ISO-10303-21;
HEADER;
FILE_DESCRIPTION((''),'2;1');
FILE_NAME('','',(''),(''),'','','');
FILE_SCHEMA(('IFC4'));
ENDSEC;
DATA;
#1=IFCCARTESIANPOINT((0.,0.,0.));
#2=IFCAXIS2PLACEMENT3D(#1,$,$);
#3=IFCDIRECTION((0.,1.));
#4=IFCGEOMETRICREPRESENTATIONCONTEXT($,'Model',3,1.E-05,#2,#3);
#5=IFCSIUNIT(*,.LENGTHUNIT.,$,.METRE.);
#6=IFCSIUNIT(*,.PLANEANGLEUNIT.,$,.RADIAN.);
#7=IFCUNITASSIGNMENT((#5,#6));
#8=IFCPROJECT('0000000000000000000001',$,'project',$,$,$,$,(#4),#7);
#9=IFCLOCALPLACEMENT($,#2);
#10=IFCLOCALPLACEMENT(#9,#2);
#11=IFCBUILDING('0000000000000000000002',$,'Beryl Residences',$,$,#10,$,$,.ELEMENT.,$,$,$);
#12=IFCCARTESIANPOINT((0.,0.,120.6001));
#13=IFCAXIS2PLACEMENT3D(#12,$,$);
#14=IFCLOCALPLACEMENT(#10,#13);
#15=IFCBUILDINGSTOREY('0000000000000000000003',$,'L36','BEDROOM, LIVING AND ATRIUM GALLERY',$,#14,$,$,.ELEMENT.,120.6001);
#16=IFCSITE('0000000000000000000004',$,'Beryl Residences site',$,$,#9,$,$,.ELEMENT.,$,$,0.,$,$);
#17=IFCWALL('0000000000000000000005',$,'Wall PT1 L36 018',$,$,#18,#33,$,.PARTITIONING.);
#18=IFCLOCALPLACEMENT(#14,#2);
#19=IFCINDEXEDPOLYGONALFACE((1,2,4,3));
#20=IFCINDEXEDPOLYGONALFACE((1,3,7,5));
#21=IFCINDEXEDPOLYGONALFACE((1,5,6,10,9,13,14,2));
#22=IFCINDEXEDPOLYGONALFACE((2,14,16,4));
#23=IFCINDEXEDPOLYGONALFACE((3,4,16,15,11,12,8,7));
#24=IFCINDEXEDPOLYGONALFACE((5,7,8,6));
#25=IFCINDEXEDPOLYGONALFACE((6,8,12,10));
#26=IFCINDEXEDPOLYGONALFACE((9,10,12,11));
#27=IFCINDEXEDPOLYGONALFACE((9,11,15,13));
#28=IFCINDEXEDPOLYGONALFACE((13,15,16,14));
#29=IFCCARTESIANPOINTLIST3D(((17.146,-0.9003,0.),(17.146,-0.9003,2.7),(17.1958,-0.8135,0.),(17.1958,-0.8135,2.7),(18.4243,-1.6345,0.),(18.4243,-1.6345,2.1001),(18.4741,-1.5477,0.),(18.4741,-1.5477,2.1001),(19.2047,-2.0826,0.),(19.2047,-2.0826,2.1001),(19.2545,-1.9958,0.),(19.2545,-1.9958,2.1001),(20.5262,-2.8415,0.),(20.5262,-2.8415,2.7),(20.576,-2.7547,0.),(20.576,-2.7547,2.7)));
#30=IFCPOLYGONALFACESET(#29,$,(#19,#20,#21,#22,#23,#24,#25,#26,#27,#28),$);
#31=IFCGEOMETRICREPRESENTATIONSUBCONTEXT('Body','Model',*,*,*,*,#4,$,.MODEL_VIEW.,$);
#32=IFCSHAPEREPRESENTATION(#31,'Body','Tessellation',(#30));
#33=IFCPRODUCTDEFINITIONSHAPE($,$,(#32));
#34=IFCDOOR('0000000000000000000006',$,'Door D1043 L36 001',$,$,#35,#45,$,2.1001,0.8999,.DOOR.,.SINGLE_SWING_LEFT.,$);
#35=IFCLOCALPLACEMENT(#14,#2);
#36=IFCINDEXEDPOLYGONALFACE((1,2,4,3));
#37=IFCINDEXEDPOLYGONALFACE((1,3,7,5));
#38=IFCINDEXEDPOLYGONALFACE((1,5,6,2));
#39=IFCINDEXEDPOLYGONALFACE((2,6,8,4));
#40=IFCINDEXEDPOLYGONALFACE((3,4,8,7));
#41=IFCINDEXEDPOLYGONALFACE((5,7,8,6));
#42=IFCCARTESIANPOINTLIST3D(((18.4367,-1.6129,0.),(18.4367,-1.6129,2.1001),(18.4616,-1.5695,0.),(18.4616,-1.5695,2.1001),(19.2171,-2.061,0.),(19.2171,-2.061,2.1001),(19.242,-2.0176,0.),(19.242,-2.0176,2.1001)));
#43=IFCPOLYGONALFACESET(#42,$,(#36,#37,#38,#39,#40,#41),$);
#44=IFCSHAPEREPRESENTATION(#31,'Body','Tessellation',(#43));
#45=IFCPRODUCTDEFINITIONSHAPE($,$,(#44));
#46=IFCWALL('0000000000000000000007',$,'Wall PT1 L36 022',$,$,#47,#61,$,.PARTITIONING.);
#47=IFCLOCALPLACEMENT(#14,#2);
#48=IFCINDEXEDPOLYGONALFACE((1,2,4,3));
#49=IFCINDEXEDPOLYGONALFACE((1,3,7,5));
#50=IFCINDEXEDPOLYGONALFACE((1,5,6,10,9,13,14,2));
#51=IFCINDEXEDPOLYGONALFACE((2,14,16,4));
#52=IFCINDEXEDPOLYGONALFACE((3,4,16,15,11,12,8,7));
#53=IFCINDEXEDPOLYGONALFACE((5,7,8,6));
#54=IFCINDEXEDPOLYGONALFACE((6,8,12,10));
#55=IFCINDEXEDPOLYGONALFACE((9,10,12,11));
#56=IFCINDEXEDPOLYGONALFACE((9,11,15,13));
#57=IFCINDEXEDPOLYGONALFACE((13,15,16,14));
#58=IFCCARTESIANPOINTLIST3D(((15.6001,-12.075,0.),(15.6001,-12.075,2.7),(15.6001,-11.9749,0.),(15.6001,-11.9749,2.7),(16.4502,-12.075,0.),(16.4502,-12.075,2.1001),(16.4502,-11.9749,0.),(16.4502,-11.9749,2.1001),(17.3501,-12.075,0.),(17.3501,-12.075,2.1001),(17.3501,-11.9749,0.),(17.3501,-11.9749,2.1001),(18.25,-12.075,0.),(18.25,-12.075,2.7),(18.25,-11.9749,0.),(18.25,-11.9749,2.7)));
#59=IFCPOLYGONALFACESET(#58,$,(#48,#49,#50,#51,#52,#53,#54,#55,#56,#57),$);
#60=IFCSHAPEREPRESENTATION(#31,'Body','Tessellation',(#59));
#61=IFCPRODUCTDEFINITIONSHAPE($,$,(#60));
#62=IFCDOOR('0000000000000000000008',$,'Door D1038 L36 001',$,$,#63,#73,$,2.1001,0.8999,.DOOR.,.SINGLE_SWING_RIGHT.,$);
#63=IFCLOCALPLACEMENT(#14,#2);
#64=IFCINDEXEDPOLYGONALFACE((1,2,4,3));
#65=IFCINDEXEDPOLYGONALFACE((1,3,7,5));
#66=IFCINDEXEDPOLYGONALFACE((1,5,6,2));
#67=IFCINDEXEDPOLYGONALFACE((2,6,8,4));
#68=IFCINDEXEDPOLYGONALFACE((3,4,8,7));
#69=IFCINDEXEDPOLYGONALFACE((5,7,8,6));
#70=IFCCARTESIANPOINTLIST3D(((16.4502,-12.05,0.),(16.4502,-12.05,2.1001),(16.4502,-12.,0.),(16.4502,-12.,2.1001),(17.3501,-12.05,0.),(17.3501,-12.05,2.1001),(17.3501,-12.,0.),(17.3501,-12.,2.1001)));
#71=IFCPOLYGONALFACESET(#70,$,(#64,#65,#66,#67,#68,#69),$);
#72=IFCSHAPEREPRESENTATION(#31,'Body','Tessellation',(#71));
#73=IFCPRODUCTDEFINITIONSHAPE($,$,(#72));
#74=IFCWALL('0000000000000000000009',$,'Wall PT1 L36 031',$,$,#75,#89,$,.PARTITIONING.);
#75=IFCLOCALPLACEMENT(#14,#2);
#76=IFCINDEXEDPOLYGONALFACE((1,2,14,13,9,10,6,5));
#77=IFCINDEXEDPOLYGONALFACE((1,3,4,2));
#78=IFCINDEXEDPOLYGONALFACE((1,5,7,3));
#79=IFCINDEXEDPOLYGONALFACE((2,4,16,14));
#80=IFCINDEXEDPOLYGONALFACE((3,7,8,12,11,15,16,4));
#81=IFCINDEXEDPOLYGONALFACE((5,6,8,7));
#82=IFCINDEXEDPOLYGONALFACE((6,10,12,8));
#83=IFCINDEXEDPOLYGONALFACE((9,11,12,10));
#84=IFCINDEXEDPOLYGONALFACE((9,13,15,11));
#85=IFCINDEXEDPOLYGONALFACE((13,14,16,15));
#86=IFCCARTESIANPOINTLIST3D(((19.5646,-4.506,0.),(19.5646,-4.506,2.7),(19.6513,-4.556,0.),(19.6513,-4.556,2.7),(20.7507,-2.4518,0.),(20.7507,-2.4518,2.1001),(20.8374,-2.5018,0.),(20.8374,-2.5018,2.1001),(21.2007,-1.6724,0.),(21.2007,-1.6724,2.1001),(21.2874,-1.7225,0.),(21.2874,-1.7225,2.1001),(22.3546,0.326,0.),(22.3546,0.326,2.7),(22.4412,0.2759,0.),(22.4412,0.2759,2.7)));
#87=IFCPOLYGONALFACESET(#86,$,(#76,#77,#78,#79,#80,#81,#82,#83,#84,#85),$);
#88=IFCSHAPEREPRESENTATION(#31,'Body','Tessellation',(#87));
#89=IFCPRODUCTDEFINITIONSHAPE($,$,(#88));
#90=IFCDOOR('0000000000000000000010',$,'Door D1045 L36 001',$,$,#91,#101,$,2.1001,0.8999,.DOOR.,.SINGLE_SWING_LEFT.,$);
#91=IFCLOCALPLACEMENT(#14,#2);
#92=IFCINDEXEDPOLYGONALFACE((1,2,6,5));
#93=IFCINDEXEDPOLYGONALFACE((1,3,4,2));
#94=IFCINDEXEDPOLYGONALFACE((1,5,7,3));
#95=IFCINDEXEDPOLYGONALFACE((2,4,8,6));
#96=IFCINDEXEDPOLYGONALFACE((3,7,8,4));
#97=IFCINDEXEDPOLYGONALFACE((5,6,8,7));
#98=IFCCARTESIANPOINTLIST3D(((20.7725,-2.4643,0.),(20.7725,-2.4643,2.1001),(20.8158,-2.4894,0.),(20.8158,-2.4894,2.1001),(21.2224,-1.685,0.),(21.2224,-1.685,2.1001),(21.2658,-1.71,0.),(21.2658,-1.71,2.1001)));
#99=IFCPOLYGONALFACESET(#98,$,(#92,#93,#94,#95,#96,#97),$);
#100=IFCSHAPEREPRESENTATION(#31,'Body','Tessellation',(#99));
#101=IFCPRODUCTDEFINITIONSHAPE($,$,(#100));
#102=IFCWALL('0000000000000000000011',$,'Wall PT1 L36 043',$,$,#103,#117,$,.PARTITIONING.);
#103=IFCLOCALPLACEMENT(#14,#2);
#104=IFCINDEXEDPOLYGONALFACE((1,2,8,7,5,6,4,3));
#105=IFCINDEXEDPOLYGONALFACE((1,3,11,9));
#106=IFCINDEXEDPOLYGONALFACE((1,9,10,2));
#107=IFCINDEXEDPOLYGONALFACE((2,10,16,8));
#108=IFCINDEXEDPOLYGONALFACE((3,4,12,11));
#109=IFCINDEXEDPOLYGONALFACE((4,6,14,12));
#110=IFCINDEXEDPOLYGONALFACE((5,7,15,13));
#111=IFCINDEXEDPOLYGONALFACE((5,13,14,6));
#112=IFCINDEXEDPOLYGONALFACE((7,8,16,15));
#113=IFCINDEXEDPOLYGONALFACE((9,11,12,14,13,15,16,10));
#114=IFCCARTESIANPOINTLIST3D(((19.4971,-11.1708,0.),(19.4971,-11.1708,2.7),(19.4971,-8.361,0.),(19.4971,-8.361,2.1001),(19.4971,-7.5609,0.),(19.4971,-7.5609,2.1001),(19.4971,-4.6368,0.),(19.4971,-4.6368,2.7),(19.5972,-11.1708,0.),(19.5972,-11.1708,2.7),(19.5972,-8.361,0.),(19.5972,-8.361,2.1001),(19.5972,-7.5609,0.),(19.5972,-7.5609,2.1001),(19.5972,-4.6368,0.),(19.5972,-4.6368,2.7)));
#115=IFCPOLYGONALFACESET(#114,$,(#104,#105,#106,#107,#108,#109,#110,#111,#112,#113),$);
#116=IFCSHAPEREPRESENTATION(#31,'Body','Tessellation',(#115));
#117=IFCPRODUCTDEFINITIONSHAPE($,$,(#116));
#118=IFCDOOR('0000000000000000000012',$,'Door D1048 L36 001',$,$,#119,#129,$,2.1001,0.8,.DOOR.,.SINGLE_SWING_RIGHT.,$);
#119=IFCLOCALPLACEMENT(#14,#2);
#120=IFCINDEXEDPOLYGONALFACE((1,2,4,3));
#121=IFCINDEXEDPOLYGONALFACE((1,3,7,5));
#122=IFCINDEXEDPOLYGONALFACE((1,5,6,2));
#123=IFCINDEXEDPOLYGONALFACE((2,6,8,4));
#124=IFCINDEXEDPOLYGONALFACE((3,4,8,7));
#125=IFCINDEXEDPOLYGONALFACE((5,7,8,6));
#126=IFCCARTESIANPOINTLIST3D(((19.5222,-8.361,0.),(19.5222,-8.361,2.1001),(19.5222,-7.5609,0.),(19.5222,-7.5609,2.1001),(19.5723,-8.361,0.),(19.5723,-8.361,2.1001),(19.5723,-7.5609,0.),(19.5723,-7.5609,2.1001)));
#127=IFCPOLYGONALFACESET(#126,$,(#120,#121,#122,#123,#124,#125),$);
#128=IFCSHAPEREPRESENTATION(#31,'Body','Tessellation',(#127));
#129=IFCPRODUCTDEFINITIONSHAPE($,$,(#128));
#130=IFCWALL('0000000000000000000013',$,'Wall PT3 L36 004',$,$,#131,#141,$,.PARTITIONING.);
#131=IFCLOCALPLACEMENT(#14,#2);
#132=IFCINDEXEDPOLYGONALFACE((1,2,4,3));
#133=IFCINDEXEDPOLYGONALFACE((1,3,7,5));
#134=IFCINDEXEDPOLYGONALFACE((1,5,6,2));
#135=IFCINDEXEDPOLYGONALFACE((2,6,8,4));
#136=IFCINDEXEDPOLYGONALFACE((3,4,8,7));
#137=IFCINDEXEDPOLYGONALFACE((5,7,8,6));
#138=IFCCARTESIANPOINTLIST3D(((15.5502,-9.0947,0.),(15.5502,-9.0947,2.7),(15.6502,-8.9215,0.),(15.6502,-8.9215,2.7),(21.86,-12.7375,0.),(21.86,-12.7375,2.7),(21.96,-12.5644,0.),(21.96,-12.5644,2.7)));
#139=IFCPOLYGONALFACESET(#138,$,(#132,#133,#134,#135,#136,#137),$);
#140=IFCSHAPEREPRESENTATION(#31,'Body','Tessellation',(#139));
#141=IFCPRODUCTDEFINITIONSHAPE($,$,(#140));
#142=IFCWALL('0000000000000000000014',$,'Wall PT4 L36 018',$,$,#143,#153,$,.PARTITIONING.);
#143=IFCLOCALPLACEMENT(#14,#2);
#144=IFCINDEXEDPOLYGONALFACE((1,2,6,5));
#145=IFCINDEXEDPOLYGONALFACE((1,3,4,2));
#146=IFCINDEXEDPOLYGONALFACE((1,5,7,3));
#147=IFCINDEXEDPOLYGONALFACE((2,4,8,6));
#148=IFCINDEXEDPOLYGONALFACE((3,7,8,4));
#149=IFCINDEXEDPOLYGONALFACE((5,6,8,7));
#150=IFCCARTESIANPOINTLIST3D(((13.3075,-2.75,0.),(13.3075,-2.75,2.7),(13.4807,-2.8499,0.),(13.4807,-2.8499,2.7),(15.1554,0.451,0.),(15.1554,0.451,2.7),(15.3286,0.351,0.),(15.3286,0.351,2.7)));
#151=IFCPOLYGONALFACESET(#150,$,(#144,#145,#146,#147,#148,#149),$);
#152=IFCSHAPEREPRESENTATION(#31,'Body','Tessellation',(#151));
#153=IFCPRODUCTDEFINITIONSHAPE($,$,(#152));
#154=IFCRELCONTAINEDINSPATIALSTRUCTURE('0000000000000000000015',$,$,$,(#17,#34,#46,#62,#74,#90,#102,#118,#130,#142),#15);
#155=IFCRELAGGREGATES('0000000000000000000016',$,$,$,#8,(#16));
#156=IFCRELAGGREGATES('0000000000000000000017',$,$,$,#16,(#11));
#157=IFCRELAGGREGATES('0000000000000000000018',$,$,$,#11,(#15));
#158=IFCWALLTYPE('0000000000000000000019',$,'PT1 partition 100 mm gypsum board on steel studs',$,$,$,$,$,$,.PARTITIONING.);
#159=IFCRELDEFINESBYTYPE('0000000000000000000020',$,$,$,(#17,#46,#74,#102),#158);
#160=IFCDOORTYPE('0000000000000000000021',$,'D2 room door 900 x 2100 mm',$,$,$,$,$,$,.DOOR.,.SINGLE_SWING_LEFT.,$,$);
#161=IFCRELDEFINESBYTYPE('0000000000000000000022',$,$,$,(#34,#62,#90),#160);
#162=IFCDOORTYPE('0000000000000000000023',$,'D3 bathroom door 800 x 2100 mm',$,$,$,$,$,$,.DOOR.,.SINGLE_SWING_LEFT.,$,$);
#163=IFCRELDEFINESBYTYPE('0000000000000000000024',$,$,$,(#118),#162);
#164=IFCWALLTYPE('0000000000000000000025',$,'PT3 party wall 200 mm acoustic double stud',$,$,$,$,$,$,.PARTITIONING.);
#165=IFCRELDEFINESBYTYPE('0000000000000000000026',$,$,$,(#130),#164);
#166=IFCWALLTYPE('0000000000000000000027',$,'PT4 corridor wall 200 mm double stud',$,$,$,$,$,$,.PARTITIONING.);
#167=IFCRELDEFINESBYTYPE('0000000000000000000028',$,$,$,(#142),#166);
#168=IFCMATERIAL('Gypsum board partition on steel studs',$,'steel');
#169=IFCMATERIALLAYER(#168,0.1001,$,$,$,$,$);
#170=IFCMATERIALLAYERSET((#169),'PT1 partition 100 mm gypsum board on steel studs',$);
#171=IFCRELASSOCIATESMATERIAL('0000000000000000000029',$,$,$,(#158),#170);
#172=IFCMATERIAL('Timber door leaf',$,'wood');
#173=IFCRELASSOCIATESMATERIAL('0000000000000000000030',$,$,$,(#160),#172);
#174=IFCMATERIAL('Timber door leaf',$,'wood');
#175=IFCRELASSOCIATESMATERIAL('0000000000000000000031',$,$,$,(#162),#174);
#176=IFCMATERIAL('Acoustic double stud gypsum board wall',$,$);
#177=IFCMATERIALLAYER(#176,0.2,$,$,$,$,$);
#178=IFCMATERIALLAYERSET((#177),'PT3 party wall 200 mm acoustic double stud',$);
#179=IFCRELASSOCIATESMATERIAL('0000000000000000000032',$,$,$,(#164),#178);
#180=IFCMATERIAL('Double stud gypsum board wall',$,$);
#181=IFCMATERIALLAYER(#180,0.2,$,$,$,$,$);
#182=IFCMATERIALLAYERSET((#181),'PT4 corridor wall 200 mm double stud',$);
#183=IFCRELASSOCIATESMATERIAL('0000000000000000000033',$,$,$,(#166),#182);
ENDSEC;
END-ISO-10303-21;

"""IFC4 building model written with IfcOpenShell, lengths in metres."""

from ifc_helpers import new_model, si_unit, direction, frame, frame_2d, origin, place, context, subcontext, project, spatial, rectangle, extrude, material, layer, layer_set, type_object, element, fill, save


model = new_model("IFC4")

# Units and contexts
model_context = context("Model", 3, precision=1e-05, world=origin(), true_north=direction((0.0, 1.0)))
body_context = subcontext(model_context, "Body", "Model", "MODEL_VIEW")
ifc_project = project(units=[si_unit("LENGTHUNIT", "METRE"), si_unit("PLANEANGLEUNIT", "RADIAN")], contexts=[model_context])

# Site, building, storey
site_placement = place(None, origin())
site = spatial("IfcSite", under=ifc_project, at=site_placement, Name="Beryl Residences site", CompositionType="ELEMENT", RefElevation=0.0)
building_placement = place(site_placement, origin())
building = spatial("IfcBuilding", under=site, at=building_placement, Name="Beryl Residences", CompositionType="ELEMENT")
storey_placement = place(building_placement, frame((0.0, 0.0, 120.6001)))
storey = spatial("IfcBuildingStorey", under=building, at=storey_placement, Name="L36", Description="BEDROOM, LIVING AND ATRIUM GALLERY", CompositionType="ELEMENT", Elevation=120.6001)

# Walls, openings, doors
ifc_material_1 = material(Name="Gypsum board partition on steel studs", Category="steel")
ifc_layer_1 = layer(ifc_material_1, 0.1001)
ifc_layer_set_1 = layer_set([ifc_layer_1], Name="PT1 partition 100 mm gypsum board on steel studs")
wall_type_1 = type_object("IfcWallType", Name="PT1 partition 100 mm gypsum board on steel studs", PredefinedType="PARTITIONING", material=ifc_layer_set_1)
ifc_material_2 = material(Name="Timber door leaf", Category="wood")
door_type_1 = type_object("IfcDoorType", Name="D2 room door 900 x 2100 mm", OperationType="SINGLE_SWING_LEFT", PredefinedType="DOOR", material=ifc_material_2)
wall_1_placement = place(storey_placement, frame((17.1709, -0.8569, 0.0), z_axis=(0.0, 0.0, 1.0), x_axis=(0.867173, -0.498006, 0.0)))
wall_1 = element("IfcWall", 1, at=wall_1_placement, inside=storey, type_object=wall_type_1, Name="Wall PT1 L36 018", PredefinedType="PARTITIONING", context=body_context, shape_type="SweptSolid", body=[
    extrude(rectangle(XDim=3.8979, YDim=0.1001, at=frame_2d((1.949, 0.0))), origin(), (0.0, 0.0, 1.0), 2.7),
])
opening_1_placement = place(wall_1_placement, frame((1.4741, 0.0, 0.0)))
opening_1 = element("IfcOpeningElement", 2, at=opening_1_placement, cuts=wall_1, PredefinedType="OPENING", context=body_context, shape_type="SweptSolid", body=[
    extrude(rectangle(XDim=0.8999, YDim=2.1001, at=frame_2d((0.45, 1.05))), frame((0.0, 0.0601, 0.0), z_axis=(0.0, -1.0, 0.0), x_axis=(1.0, 0.0, 0.0)), (0.0, 0.0, 1.0), 0.1201),
])
door_1_placement = place(opening_1_placement, origin())
door_1 = element("IfcDoor", 3, at=door_1_placement, inside=storey, type_object=door_type_1, Name="Door D1043 L36 001", OperationType="SINGLE_SWING_LEFT", OverallHeight=2.1001, OverallWidth=0.8999, PredefinedType="DOOR", context=body_context, shape_type="SweptSolid", body=[
    extrude(rectangle(XDim=0.8999, YDim=2.1001, at=frame_2d((0.45, 1.05))), frame((0.0, 0.0249, 0.0), z_axis=(0.0, -1.0, 0.0), x_axis=(1.0, 0.0, 0.0)), (0.0, 0.0, 1.0), 0.05),
])
fill(opening_1, door_1)
wall_2_placement = place(storey_placement, frame((15.6001, -12.0249, 0.0), z_axis=(0.0, 0.0, 1.0), x_axis=(1.0, 0.0, 0.0)))
wall_2 = element("IfcWall", 4, at=wall_2_placement, inside=storey, type_object=wall_type_1, Name="Wall PT1 L36 022", PredefinedType="PARTITIONING", context=body_context, shape_type="SweptSolid", body=[
    extrude(rectangle(XDim=2.6499, YDim=0.1001, at=frame_2d((1.325, 0.0))), origin(), (0.0, 0.0, 1.0), 2.7),
])
opening_2_placement = place(wall_2_placement, frame((0.8501, 0.0, 0.0)))
opening_2 = element("IfcOpeningElement", 5, at=opening_2_placement, cuts=wall_2, PredefinedType="OPENING", context=body_context, shape_type="SweptSolid", body=[
    extrude(rectangle(XDim=0.8999, YDim=2.1001, at=frame_2d((0.45, 1.05))), frame((0.0, 0.0601, 0.0), z_axis=(0.0, -1.0, 0.0), x_axis=(1.0, 0.0, 0.0)), (0.0, 0.0, 1.0), 0.1201),
])
door_2_placement = place(opening_2_placement, origin())
door_2 = element("IfcDoor", 6, at=door_2_placement, inside=storey, type_object=door_type_1, Name="Door D1038 L36 001", OperationType="SINGLE_SWING_RIGHT", OverallHeight=2.1001, OverallWidth=0.8999, PredefinedType="DOOR", context=body_context, shape_type="SweptSolid", body=[
    extrude(rectangle(XDim=0.8999, YDim=2.1001, at=frame_2d((0.45, 1.05))), frame((0.0, 0.0249, 0.0), z_axis=(0.0, -1.0, 0.0), x_axis=(1.0, 0.0, 0.0)), (0.0, 0.0, 1.0), 0.05),
])
fill(opening_2, door_2)
wall_3_placement = place(storey_placement, frame((19.6079, -4.531, 0.0), z_axis=(0.0, 0.0, 1.0), x_axis=(0.500036, 0.866005, 0.0)))
wall_3 = element("IfcWall", 7, at=wall_3_placement, inside=storey, type_object=wall_type_1, Name="Wall PT1 L36 031", PredefinedType="PARTITIONING", context=body_context, shape_type="SweptSolid", body=[
    extrude(rectangle(XDim=5.5796, YDim=0.1001, at=frame_2d((2.7898, 0.0))), origin(), (0.0, 0.0, 1.0), 2.7),
])
opening_3_placement = place(wall_3_placement, frame((2.3721, 0.0, 0.0)))
opening_3 = element("IfcOpeningElement", 8, at=opening_3_placement, cuts=wall_3, PredefinedType="OPENING", context=body_context, shape_type="SweptSolid", body=[
    extrude(rectangle(XDim=0.8999, YDim=2.1001, at=frame_2d((0.45, 1.05))), frame((0.0, 0.0601, 0.0), z_axis=(0.0, -1.0, 0.0), x_axis=(1.0, 0.0, 0.0)), (0.0, 0.0, 1.0), 0.1201),
])
door_3_placement = place(opening_3_placement, origin())
door_3 = element("IfcDoor", 9, at=door_3_placement, inside=storey, type_object=door_type_1, Name="Door D1045 L36 001", OperationType="SINGLE_SWING_LEFT", OverallHeight=2.1001, OverallWidth=0.8999, PredefinedType="DOOR", context=body_context, shape_type="SweptSolid", body=[
    extrude(rectangle(XDim=0.8999, YDim=2.1001, at=frame_2d((0.45, 1.05))), frame((0.0, 0.0249, 0.0), z_axis=(0.0, -1.0, 0.0), x_axis=(1.0, 0.0, 0.0)), (0.0, 0.0, 1.0), 0.05),
])
fill(opening_3, door_3)
wall_4_placement = place(storey_placement, frame((19.5471, -11.1709, 0.0), z_axis=(0.0, 0.0, 1.0), x_axis=(0.0, 1.0, 0.0)))
wall_4 = element("IfcWall", 10, at=wall_4_placement, inside=storey, type_object=wall_type_1, Name="Wall PT1 L36 043", PredefinedType="PARTITIONING", context=body_context, shape_type="SweptSolid", body=[
    extrude(rectangle(XDim=6.5339, YDim=0.1001, at=frame_2d((3.2671, 0.0))), origin(), (0.0, 0.0, 1.0), 2.7),
])
opening_4_placement = place(wall_4_placement, frame((2.8101, 0.0, 0.0)))
opening_4 = element("IfcOpeningElement", 11, at=opening_4_placement, cuts=wall_4, PredefinedType="OPENING", context=body_context, shape_type="SweptSolid", body=[
    extrude(rectangle(XDim=0.8, YDim=2.1001, at=frame_2d((0.3999, 1.05))), frame((0.0, 0.0601, 0.0), z_axis=(0.0, -1.0, 0.0), x_axis=(1.0, 0.0, 0.0)), (0.0, 0.0, 1.0), 0.1201),
])
ifc_material_3 = material(Name="Timber door leaf", Category="wood")
door_type_2 = type_object("IfcDoorType", Name="D3 bathroom door 800 x 2100 mm", OperationType="SINGLE_SWING_LEFT", PredefinedType="DOOR", material=ifc_material_3)
door_4_placement = place(opening_4_placement, origin())
door_4 = element("IfcDoor", 12, at=door_4_placement, inside=storey, type_object=door_type_2, Name="Door D1048 L36 001", OperationType="SINGLE_SWING_RIGHT", OverallHeight=2.1001, OverallWidth=0.8, PredefinedType="DOOR", context=body_context, shape_type="SweptSolid", body=[
    extrude(rectangle(XDim=0.8, YDim=2.1001, at=frame_2d((0.3999, 1.05))), frame((0.0, 0.0249, 0.0), z_axis=(0.0, -1.0, 0.0), x_axis=(1.0, 0.0, 0.0)), (0.0, 0.0, 1.0), 0.05),
])
fill(opening_4, door_4)

# Walls
ifc_material_4 = material(Name="Acoustic double stud gypsum board wall")
ifc_layer_2 = layer(ifc_material_4, 0.2)
ifc_layer_set_2 = layer_set([ifc_layer_2], Name="PT3 party wall 200 mm acoustic double stud")
wall_type_2 = type_object("IfcWallType", Name="PT3 party wall 200 mm acoustic double stud", PredefinedType="PARTITIONING", material=ifc_layer_set_2)
wall_5_placement = place(storey_placement, frame((15.6001, -9.0081, 0.0), z_axis=(0.0, 0.0, 1.0), x_axis=(0.866034, -0.499984, 0.0)))
element("IfcWall", 13, at=wall_5_placement, inside=storey, type_object=wall_type_2, Name="Wall PT3 L36 004", PredefinedType="PARTITIONING", context=body_context, shape_type="SweptSolid", body=[
    extrude(rectangle(XDim=7.2859, YDim=0.2, at=frame_2d((3.6431, 0.0))), origin(), (0.0, 0.0, 1.0), 2.7),
])
ifc_material_5 = material(Name="Double stud gypsum board wall")
ifc_layer_3 = layer(ifc_material_5, 0.2)
ifc_layer_set_3 = layer_set([ifc_layer_3], Name="PT4 corridor wall 200 mm double stud")
wall_type_3 = type_object("IfcWallType", Name="PT4 corridor wall 200 mm double stud", PredefinedType="PARTITIONING", material=ifc_layer_set_3)
wall_6_placement = place(storey_placement, frame((13.394, -2.8, 0.0), z_axis=(0.0, 0.0, 1.0), x_axis=(0.499968, 0.866044, 0.0)))
element("IfcWall", 14, at=wall_6_placement, inside=storey, type_object=wall_type_3, Name="Wall PT4 L36 018", PredefinedType="PARTITIONING", context=body_context, shape_type="SweptSolid", body=[
    extrude(rectangle(XDim=3.696, YDim=0.2, at=frame_2d((1.8481, 0.0))), origin(), (0.0, 0.0, 1.0), 2.7),
])

save(model, "model.ifc")
